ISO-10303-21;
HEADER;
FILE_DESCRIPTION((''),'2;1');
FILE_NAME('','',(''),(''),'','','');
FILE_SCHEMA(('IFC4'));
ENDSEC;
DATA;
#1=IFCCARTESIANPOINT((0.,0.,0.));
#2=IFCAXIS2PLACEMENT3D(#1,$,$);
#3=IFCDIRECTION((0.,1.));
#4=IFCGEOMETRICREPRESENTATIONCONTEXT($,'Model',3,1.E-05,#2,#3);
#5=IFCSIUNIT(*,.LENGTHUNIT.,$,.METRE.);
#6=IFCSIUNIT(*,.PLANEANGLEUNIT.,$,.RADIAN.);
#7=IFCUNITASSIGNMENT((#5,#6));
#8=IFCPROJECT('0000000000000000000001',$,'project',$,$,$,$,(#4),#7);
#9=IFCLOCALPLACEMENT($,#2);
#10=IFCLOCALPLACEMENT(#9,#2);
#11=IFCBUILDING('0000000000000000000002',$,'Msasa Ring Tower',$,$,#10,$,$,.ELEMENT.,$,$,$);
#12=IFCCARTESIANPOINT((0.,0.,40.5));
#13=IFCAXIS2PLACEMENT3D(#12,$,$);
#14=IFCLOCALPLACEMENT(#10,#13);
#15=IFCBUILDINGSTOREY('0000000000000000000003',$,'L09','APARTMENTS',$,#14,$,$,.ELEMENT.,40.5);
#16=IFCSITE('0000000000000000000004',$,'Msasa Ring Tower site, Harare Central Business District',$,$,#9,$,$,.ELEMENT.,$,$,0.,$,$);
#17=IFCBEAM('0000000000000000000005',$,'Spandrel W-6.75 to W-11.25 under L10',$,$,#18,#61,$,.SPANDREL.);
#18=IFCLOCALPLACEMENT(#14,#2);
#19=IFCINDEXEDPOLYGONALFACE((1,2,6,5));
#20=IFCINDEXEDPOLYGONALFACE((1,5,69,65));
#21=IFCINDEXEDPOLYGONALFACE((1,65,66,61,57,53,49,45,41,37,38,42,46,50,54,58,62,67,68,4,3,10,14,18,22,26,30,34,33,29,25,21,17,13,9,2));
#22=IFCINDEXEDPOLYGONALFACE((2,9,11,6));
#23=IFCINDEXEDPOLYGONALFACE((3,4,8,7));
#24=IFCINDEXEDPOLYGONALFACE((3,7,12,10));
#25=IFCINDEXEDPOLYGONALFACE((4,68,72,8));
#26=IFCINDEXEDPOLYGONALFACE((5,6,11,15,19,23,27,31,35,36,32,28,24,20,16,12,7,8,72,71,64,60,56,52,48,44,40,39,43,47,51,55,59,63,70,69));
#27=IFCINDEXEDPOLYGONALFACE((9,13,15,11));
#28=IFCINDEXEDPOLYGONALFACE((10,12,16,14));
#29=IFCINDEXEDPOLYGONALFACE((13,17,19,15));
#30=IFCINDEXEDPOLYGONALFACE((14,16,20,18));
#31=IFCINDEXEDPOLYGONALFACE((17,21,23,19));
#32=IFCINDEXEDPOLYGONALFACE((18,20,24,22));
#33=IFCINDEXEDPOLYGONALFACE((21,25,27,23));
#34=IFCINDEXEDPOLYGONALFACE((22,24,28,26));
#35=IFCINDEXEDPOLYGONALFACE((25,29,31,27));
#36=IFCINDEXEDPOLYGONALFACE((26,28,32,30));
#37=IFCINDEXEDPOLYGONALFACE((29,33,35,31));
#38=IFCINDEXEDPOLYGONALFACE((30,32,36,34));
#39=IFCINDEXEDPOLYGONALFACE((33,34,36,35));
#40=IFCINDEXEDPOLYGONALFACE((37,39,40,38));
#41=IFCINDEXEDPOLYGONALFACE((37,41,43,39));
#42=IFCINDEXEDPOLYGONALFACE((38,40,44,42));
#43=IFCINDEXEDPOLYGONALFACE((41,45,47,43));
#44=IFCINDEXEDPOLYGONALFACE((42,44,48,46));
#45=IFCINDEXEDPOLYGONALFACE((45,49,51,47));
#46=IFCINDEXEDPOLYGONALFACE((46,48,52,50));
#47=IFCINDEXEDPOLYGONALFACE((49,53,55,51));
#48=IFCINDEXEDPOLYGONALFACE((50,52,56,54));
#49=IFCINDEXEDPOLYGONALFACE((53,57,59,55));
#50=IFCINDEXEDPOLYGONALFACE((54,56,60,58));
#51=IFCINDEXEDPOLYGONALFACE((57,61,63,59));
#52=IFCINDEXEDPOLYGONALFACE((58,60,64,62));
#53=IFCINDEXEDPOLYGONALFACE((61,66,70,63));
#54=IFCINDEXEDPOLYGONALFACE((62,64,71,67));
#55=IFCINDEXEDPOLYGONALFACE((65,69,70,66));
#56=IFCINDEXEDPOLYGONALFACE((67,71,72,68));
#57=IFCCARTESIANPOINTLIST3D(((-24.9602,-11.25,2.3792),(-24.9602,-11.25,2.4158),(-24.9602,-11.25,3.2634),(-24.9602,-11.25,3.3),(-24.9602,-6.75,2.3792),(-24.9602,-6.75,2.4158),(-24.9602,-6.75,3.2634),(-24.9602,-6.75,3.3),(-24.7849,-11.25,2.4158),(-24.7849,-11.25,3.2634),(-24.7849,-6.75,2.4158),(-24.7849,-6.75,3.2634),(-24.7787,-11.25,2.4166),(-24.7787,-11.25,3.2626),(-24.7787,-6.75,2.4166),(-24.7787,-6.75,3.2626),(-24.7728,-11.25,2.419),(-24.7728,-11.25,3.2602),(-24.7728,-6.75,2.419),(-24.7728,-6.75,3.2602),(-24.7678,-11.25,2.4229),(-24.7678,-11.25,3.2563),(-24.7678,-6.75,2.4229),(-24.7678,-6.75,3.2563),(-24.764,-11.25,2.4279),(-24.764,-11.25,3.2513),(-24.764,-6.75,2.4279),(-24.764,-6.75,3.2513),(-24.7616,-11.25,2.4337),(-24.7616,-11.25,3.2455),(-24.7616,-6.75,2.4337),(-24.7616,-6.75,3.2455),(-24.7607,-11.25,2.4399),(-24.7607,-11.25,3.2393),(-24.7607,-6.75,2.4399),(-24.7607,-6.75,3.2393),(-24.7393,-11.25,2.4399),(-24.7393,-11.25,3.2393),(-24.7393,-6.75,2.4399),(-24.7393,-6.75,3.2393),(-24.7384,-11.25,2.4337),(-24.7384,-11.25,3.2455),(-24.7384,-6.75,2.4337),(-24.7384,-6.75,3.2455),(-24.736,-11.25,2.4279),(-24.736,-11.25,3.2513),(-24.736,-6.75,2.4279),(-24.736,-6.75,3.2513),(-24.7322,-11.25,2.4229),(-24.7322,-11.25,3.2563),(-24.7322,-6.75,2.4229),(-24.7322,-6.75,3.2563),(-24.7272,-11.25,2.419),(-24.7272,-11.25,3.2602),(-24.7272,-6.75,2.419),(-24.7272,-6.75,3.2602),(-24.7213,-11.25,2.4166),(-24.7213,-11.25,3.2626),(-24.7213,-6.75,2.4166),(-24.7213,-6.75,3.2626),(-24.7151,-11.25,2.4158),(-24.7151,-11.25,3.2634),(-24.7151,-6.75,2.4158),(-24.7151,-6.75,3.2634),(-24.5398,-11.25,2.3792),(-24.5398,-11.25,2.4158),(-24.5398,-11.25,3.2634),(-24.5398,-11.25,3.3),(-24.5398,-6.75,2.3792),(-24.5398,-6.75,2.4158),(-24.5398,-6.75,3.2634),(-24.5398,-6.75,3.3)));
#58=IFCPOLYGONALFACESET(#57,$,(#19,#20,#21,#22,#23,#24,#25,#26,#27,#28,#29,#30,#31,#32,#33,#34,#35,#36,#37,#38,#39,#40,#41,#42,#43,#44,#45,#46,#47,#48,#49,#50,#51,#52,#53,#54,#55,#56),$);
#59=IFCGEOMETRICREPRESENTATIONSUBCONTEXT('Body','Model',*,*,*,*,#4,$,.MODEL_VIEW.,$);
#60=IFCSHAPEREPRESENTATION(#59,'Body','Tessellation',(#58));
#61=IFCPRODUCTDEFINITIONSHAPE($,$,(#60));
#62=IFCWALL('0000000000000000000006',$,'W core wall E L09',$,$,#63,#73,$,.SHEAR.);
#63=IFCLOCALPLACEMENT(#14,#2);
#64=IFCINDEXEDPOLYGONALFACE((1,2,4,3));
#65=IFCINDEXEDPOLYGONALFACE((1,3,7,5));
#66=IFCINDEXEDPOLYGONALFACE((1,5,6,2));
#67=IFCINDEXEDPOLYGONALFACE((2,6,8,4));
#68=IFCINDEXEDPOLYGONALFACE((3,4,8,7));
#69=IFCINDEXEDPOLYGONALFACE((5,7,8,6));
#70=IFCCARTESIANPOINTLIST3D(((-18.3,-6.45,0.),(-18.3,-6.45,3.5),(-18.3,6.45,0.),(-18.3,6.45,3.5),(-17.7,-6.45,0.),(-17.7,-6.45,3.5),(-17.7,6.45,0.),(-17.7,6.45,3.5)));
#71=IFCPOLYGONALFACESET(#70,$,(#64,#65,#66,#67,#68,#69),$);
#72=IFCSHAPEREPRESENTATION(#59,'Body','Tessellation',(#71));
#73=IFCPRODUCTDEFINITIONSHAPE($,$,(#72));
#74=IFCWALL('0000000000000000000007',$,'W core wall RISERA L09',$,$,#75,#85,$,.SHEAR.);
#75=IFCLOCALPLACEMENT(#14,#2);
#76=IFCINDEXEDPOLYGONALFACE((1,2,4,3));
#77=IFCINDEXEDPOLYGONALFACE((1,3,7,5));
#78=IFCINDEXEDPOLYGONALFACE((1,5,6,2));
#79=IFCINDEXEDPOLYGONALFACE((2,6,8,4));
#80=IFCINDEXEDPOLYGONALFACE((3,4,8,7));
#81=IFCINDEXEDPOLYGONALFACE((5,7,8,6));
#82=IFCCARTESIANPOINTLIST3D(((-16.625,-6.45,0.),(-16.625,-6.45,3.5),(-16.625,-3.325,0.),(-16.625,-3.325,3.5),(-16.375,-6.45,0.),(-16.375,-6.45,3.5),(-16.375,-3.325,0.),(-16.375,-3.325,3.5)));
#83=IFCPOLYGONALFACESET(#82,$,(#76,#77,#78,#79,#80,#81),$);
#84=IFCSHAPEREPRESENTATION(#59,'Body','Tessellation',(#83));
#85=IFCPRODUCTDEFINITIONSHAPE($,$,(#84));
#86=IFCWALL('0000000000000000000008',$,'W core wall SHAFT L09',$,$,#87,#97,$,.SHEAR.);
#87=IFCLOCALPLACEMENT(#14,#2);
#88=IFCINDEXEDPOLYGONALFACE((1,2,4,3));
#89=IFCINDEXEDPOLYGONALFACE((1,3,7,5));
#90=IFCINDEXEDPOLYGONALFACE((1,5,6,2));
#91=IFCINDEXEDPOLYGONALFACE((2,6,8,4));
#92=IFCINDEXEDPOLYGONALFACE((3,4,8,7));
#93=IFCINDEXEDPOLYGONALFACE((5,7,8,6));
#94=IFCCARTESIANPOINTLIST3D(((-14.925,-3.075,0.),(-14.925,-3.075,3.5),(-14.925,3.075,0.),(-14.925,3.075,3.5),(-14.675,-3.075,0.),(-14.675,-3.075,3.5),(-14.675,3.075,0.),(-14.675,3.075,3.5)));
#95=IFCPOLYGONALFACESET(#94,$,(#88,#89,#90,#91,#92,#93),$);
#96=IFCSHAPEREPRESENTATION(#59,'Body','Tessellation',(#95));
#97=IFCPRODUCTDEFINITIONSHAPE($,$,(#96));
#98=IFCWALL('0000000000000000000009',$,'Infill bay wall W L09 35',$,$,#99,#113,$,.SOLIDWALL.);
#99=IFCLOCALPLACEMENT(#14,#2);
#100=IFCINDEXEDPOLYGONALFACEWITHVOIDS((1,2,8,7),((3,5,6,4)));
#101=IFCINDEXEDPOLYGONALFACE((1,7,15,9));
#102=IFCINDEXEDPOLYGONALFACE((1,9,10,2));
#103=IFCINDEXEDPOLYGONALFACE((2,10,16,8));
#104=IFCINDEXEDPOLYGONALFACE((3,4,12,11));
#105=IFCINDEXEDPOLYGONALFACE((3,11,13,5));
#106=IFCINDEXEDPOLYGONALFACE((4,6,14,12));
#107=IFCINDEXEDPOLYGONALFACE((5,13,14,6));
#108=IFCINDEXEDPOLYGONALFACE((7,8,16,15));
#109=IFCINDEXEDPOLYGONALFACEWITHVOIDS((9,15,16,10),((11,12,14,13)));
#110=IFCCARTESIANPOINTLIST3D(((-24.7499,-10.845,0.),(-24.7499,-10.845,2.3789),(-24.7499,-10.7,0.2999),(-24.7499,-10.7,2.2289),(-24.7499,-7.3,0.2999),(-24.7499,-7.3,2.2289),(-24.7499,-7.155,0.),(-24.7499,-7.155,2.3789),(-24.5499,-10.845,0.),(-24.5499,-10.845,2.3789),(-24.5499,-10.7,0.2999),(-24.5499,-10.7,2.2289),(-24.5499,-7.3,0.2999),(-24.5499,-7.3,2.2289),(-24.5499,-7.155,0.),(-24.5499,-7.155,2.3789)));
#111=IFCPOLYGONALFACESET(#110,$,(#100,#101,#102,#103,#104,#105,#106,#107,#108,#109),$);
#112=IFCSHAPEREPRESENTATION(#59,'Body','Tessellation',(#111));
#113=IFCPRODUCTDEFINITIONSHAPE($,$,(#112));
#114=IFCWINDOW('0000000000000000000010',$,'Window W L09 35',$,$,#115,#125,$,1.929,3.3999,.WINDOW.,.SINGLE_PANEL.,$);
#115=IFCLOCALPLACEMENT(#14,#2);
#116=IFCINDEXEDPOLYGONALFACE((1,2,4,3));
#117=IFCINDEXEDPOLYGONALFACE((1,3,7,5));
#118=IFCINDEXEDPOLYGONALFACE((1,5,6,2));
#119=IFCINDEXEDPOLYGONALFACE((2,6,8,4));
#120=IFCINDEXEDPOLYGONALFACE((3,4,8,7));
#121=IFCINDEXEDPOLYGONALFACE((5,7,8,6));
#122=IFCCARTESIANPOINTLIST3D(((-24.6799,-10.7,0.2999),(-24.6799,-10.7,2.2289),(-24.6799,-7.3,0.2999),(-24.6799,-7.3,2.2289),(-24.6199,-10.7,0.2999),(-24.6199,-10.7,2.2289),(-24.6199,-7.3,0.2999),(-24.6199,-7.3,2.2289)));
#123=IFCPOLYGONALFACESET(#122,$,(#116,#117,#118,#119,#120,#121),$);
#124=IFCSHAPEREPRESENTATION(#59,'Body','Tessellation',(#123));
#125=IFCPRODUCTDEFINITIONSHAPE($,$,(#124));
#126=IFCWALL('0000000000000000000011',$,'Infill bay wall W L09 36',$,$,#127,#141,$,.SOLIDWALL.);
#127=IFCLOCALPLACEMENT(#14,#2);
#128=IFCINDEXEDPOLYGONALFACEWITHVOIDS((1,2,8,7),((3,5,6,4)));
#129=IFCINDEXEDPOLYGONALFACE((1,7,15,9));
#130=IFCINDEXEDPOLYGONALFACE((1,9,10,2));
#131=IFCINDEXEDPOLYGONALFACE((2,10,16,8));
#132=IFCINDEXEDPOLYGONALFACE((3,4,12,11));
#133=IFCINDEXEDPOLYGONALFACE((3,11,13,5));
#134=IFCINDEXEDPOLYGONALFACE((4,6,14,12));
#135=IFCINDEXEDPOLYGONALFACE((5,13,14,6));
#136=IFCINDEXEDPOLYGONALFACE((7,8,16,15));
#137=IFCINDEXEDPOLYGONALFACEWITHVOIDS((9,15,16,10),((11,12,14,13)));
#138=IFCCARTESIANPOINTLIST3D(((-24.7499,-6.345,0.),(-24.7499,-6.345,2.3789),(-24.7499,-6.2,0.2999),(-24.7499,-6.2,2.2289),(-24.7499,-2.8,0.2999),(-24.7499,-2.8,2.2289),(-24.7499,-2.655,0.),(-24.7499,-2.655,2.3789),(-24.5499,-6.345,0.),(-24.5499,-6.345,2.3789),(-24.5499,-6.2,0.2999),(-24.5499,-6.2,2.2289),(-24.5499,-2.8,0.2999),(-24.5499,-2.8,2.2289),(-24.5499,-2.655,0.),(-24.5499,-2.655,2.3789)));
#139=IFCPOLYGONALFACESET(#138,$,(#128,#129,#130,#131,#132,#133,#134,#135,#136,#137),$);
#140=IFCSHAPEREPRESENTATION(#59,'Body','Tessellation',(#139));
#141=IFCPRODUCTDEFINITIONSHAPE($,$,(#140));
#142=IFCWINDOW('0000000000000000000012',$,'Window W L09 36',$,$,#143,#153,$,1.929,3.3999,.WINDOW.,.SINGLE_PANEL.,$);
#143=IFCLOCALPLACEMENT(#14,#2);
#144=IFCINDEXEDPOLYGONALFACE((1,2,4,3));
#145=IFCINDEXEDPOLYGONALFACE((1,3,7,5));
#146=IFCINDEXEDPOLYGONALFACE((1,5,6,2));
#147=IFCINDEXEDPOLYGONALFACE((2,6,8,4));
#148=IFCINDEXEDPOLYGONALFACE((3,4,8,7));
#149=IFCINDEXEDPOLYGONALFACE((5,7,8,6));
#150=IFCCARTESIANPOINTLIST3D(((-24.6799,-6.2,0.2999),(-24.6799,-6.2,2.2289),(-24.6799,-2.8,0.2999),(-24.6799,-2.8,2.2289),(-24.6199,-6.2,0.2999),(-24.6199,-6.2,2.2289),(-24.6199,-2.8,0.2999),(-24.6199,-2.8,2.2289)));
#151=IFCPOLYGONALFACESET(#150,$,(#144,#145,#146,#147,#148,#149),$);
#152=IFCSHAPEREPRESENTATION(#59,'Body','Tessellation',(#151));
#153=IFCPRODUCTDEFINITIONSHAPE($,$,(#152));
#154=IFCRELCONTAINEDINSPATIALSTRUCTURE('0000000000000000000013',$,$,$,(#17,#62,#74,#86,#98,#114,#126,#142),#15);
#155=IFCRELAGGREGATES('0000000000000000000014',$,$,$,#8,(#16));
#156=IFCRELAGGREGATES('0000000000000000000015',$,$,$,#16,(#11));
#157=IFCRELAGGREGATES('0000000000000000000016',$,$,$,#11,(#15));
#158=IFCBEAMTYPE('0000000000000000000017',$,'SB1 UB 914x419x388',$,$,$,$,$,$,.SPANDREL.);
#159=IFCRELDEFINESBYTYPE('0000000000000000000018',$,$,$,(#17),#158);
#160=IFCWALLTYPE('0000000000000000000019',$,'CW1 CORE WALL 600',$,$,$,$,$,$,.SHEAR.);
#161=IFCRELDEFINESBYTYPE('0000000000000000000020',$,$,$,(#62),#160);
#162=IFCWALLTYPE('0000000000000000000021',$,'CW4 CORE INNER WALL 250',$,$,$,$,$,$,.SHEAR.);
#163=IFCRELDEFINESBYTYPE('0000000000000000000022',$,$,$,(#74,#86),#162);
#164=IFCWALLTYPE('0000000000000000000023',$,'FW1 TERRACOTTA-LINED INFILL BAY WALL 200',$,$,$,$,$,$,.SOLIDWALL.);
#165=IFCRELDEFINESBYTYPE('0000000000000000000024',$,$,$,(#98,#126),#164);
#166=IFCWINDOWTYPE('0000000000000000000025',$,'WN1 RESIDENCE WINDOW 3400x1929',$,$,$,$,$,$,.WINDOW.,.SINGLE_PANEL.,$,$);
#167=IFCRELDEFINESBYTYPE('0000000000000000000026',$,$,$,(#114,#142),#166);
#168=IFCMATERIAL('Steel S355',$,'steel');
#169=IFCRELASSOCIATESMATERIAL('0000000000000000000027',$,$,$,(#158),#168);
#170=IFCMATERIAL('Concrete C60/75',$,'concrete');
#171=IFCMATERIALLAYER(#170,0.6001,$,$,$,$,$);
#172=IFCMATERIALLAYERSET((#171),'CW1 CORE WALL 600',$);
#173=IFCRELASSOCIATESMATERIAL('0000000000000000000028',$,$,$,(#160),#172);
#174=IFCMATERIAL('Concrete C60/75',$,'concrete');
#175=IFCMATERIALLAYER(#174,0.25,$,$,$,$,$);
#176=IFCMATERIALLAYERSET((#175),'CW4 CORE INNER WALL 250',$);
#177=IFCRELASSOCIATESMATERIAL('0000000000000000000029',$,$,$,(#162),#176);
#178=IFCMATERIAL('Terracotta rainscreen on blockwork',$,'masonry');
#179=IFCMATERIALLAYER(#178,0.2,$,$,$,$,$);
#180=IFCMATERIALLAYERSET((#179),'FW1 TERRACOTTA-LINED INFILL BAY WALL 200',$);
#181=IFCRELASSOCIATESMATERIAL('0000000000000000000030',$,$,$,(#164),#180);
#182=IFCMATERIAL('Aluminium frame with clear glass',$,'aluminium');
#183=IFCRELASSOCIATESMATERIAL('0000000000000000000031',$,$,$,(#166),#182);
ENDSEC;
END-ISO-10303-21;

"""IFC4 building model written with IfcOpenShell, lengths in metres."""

from ifc_helpers import new_model, si_unit, direction, frame, frame_2d, origin, origin_2d, place, context, subcontext, project, spatial, rectangle, i_section, extrude, material, layer, layer_set, material_profile, profile_set, type_object, element, fill, save


model = new_model("IFC4")

# Units and contexts
model_context = context("Model", 3, precision=1e-05, world=origin(), true_north=direction((0.0, 1.0)))
body_context = subcontext(model_context, "Body", "Model", "MODEL_VIEW")
ifc_project = project(units=[si_unit("LENGTHUNIT", "METRE"), si_unit("PLANEANGLEUNIT", "RADIAN")], contexts=[model_context])

# Site, building, storey
site_placement = place(None, origin())
site = spatial("IfcSite", under=ifc_project, at=site_placement, Name="Msasa Ring Tower site, Harare Central Business District", CompositionType="ELEMENT", RefElevation=0.0)
building_placement = place(site_placement, origin())
building = spatial("IfcBuilding", under=site, at=building_placement, Name="Msasa Ring Tower", CompositionType="ELEMENT")
storey_placement = place(building_placement, frame((0.0, 0.0, 40.5)))
storey = spatial("IfcBuildingStorey", under=building, at=storey_placement, Name="L09", Description="APARTMENTS", CompositionType="ELEMENT", Elevation=40.5)

# Beam
ifc_material_1 = material(Name="Steel S355", Category="steel")
ifc_material_profile_1 = material_profile(ifc_material_1, i_section(OverallWidth=0.4204, OverallDepth=0.9209, WebThickness=0.0215, FlangeThickness=0.0366, FilletRadius=0.0242, at=origin_2d()), Name="UB 914x419x388")
ifc_profile_set_1 = profile_set([ifc_material_profile_1], Name="Steel S355")
beam_type_1 = type_object("IfcBeamType", Name="SB1 UB 914x419x388", PredefinedType="SPANDREL", material=ifc_profile_set_1)
for number, where, z_axis, x_axis, name in (
    (1, (-24.75, -6.75, 2.8396), (0.0, -1.0, 0.0), (1.0, 0.0, 0.0), "Spandrel W-6.75 to W-11.25 under L10"),
):
    element("IfcBeam", number, at=place(storey_placement, frame(where, z_axis=z_axis, x_axis=x_axis)), inside=storey, type_object=beam_type_1, Name=name, PredefinedType="SPANDREL", context=body_context, shape_type="SweptSolid", body=[
        extrude(i_section(OverallWidth=0.4204, OverallDepth=0.9209, WebThickness=0.0215, FlangeThickness=0.0366, FilletRadius=0.0242, at=origin_2d()), origin(), (0.0, 0.0, 1.0), 4.5),
    ])

# Walls
ifc_material_2 = material(Name="Concrete C60/75", Category="concrete")
ifc_layer_1 = layer(ifc_material_2, 0.6001)
ifc_layer_set_1 = layer_set([ifc_layer_1], Name="CW1 CORE WALL 600")
wall_type_1 = type_object("IfcWallType", Name="CW1 CORE WALL 600", PredefinedType="SHEAR", material=ifc_layer_set_1)
wall_1_placement = place(storey_placement, frame((-18.0, -6.45, 0.0), z_axis=(0.0, 0.0, 1.0), x_axis=(0.0, 1.0, 0.0)))
element("IfcWall", 2, at=wall_1_placement, inside=storey, type_object=wall_type_1, Name="W core wall E L09", PredefinedType="SHEAR", context=body_context, shape_type="SweptSolid", body=[
    extrude(rectangle(XDim=12.8999, YDim=0.6001, at=frame_2d((6.45, 0.0))), origin(), (0.0, 0.0, 1.0), 3.5),
])
ifc_material_3 = material(Name="Concrete C60/75", Category="concrete")
ifc_layer_2 = layer(ifc_material_3, 0.25)
ifc_layer_set_2 = layer_set([ifc_layer_2], Name="CW4 CORE INNER WALL 250")
wall_type_2 = type_object("IfcWallType", Name="CW4 CORE INNER WALL 250", PredefinedType="SHEAR", material=ifc_layer_set_2)
wall_2_placement = place(storey_placement, frame((-16.5, -6.45, 0.0), z_axis=(0.0, 0.0, 1.0), x_axis=(0.0, 1.0, 0.0)))
element("IfcWall", 3, at=wall_2_placement, inside=storey, type_object=wall_type_2, Name="W core wall RISERA L09", PredefinedType="SHEAR", context=body_context, shape_type="SweptSolid", body=[
    extrude(rectangle(XDim=3.125, YDim=0.25, at=frame_2d((1.5625, 0.0))), origin(), (0.0, 0.0, 1.0), 3.5),
])
wall_3_placement = place(storey_placement, frame((-14.8, -3.075, 0.0), z_axis=(0.0, 0.0, 1.0), x_axis=(0.0, 1.0, 0.0)))
element("IfcWall", 4, at=wall_3_placement, inside=storey, type_object=wall_type_2, Name="W core wall SHAFT L09", PredefinedType="SHEAR", context=body_context, shape_type="SweptSolid", body=[
    extrude(rectangle(XDim=6.1499, YDim=0.25, at=frame_2d((3.075, 0.0))), origin(), (0.0, 0.0, 1.0), 3.5),
])

# Walls, openings, windows
ifc_material_4 = material(Name="Terracotta rainscreen on blockwork", Category="masonry")
ifc_layer_3 = layer(ifc_material_4, 0.2)
ifc_layer_set_3 = layer_set([ifc_layer_3], Name="FW1 TERRACOTTA-LINED INFILL BAY WALL 200")
wall_type_3 = type_object("IfcWallType", Name="FW1 TERRACOTTA-LINED INFILL BAY WALL 200", PredefinedType="SOLIDWALL", material=ifc_layer_set_3)
wall_4_placement = place(storey_placement, frame((-24.6499, -10.845, 0.0), z_axis=(0.0, 0.0, 1.0), x_axis=(0.0, 1.0, 0.0)))
wall_4 = element("IfcWall", 5, at=wall_4_placement, inside=storey, type_object=wall_type_3, Name="Infill bay wall W L09 35", PredefinedType="SOLIDWALL", context=body_context, shape_type="SweptSolid", body=[
    extrude(rectangle(XDim=3.6899, YDim=0.2, at=frame_2d((1.845, 0.0))), origin(), (0.0, 0.0, 1.0), 2.3789),
])
opening_1_placement = place(wall_4_placement, frame((0.145, 0.0, 0.3)))
opening_1 = element("IfcOpeningElement", 6, at=opening_1_placement, cuts=wall_4, PredefinedType="OPENING", context=body_context, shape_type="SweptSolid", body=[
    extrude(rectangle(XDim=3.3999, YDim=1.929, at=frame_2d((1.7, 0.9644))), frame((0.0, 0.1099, 0.0), z_axis=(0.0, -1.0, 0.0), x_axis=(1.0, 0.0, 0.0)), (0.0, 0.0, 1.0), 0.22),
])
ifc_material_5 = material(Name="Aluminium frame with clear glass", Category="aluminium")
window_type = type_object("IfcWindowType", Name="WN1 RESIDENCE WINDOW 3400x1929", PartitioningType="SINGLE_PANEL", PredefinedType="WINDOW", material=ifc_material_5)
window_1_placement = place(opening_1_placement, origin())
window_1 = element("IfcWindow", 7, at=window_1_placement, inside=storey, type_object=window_type, Name="Window W L09 35", OverallHeight=1.929, OverallWidth=3.3999, PartitioningType="SINGLE_PANEL", PredefinedType="WINDOW", context=body_context, shape_type="SweptSolid", body=[
    extrude(rectangle(XDim=3.3999, YDim=1.929, at=frame_2d((1.7, 0.9644))), frame((0.0, 0.03, 0.0), z_axis=(0.0, -1.0, 0.0), x_axis=(1.0, 0.0, 0.0)), (0.0, 0.0, 1.0), 0.0601),
])
fill(opening_1, window_1)
wall_5_placement = place(storey_placement, frame((-24.6499, -6.345, 0.0), z_axis=(0.0, 0.0, 1.0), x_axis=(0.0, 1.0, 0.0)))
wall_5 = element("IfcWall", 8, at=wall_5_placement, inside=storey, type_object=wall_type_3, Name="Infill bay wall W L09 36", PredefinedType="SOLIDWALL", context=body_context, shape_type="SweptSolid", body=[
    extrude(rectangle(XDim=3.6899, YDim=0.2, at=frame_2d((1.845, 0.0))), origin(), (0.0, 0.0, 1.0), 2.3789),
])
opening_2_placement = place(wall_5_placement, frame((0.145, 0.0, 0.3)))
opening_2 = element("IfcOpeningElement", 9, at=opening_2_placement, cuts=wall_5, PredefinedType="OPENING", context=body_context, shape_type="SweptSolid", body=[
    extrude(rectangle(XDim=3.3999, YDim=1.929, at=frame_2d((1.7, 0.9644))), frame((0.0, 0.1099, 0.0), z_axis=(0.0, -1.0, 0.0), x_axis=(1.0, 0.0, 0.0)), (0.0, 0.0, 1.0), 0.22),
])
window_2_placement = place(opening_2_placement, origin())
window_2 = element("IfcWindow", 10, at=window_2_placement, inside=storey, type_object=window_type, Name="Window W L09 36", OverallHeight=1.929, OverallWidth=3.3999, PartitioningType="SINGLE_PANEL", PredefinedType="WINDOW", context=body_context, shape_type="SweptSolid", body=[
    extrude(rectangle(XDim=3.3999, YDim=1.929, at=frame_2d((1.7, 0.9644))), frame((0.0, 0.03, 0.0), z_axis=(0.0, -1.0, 0.0), x_axis=(1.0, 0.0, 0.0)), (0.0, 0.0, 1.0), 0.0601),
])
fill(opening_2, window_2)

save(model, "model.ifc")
